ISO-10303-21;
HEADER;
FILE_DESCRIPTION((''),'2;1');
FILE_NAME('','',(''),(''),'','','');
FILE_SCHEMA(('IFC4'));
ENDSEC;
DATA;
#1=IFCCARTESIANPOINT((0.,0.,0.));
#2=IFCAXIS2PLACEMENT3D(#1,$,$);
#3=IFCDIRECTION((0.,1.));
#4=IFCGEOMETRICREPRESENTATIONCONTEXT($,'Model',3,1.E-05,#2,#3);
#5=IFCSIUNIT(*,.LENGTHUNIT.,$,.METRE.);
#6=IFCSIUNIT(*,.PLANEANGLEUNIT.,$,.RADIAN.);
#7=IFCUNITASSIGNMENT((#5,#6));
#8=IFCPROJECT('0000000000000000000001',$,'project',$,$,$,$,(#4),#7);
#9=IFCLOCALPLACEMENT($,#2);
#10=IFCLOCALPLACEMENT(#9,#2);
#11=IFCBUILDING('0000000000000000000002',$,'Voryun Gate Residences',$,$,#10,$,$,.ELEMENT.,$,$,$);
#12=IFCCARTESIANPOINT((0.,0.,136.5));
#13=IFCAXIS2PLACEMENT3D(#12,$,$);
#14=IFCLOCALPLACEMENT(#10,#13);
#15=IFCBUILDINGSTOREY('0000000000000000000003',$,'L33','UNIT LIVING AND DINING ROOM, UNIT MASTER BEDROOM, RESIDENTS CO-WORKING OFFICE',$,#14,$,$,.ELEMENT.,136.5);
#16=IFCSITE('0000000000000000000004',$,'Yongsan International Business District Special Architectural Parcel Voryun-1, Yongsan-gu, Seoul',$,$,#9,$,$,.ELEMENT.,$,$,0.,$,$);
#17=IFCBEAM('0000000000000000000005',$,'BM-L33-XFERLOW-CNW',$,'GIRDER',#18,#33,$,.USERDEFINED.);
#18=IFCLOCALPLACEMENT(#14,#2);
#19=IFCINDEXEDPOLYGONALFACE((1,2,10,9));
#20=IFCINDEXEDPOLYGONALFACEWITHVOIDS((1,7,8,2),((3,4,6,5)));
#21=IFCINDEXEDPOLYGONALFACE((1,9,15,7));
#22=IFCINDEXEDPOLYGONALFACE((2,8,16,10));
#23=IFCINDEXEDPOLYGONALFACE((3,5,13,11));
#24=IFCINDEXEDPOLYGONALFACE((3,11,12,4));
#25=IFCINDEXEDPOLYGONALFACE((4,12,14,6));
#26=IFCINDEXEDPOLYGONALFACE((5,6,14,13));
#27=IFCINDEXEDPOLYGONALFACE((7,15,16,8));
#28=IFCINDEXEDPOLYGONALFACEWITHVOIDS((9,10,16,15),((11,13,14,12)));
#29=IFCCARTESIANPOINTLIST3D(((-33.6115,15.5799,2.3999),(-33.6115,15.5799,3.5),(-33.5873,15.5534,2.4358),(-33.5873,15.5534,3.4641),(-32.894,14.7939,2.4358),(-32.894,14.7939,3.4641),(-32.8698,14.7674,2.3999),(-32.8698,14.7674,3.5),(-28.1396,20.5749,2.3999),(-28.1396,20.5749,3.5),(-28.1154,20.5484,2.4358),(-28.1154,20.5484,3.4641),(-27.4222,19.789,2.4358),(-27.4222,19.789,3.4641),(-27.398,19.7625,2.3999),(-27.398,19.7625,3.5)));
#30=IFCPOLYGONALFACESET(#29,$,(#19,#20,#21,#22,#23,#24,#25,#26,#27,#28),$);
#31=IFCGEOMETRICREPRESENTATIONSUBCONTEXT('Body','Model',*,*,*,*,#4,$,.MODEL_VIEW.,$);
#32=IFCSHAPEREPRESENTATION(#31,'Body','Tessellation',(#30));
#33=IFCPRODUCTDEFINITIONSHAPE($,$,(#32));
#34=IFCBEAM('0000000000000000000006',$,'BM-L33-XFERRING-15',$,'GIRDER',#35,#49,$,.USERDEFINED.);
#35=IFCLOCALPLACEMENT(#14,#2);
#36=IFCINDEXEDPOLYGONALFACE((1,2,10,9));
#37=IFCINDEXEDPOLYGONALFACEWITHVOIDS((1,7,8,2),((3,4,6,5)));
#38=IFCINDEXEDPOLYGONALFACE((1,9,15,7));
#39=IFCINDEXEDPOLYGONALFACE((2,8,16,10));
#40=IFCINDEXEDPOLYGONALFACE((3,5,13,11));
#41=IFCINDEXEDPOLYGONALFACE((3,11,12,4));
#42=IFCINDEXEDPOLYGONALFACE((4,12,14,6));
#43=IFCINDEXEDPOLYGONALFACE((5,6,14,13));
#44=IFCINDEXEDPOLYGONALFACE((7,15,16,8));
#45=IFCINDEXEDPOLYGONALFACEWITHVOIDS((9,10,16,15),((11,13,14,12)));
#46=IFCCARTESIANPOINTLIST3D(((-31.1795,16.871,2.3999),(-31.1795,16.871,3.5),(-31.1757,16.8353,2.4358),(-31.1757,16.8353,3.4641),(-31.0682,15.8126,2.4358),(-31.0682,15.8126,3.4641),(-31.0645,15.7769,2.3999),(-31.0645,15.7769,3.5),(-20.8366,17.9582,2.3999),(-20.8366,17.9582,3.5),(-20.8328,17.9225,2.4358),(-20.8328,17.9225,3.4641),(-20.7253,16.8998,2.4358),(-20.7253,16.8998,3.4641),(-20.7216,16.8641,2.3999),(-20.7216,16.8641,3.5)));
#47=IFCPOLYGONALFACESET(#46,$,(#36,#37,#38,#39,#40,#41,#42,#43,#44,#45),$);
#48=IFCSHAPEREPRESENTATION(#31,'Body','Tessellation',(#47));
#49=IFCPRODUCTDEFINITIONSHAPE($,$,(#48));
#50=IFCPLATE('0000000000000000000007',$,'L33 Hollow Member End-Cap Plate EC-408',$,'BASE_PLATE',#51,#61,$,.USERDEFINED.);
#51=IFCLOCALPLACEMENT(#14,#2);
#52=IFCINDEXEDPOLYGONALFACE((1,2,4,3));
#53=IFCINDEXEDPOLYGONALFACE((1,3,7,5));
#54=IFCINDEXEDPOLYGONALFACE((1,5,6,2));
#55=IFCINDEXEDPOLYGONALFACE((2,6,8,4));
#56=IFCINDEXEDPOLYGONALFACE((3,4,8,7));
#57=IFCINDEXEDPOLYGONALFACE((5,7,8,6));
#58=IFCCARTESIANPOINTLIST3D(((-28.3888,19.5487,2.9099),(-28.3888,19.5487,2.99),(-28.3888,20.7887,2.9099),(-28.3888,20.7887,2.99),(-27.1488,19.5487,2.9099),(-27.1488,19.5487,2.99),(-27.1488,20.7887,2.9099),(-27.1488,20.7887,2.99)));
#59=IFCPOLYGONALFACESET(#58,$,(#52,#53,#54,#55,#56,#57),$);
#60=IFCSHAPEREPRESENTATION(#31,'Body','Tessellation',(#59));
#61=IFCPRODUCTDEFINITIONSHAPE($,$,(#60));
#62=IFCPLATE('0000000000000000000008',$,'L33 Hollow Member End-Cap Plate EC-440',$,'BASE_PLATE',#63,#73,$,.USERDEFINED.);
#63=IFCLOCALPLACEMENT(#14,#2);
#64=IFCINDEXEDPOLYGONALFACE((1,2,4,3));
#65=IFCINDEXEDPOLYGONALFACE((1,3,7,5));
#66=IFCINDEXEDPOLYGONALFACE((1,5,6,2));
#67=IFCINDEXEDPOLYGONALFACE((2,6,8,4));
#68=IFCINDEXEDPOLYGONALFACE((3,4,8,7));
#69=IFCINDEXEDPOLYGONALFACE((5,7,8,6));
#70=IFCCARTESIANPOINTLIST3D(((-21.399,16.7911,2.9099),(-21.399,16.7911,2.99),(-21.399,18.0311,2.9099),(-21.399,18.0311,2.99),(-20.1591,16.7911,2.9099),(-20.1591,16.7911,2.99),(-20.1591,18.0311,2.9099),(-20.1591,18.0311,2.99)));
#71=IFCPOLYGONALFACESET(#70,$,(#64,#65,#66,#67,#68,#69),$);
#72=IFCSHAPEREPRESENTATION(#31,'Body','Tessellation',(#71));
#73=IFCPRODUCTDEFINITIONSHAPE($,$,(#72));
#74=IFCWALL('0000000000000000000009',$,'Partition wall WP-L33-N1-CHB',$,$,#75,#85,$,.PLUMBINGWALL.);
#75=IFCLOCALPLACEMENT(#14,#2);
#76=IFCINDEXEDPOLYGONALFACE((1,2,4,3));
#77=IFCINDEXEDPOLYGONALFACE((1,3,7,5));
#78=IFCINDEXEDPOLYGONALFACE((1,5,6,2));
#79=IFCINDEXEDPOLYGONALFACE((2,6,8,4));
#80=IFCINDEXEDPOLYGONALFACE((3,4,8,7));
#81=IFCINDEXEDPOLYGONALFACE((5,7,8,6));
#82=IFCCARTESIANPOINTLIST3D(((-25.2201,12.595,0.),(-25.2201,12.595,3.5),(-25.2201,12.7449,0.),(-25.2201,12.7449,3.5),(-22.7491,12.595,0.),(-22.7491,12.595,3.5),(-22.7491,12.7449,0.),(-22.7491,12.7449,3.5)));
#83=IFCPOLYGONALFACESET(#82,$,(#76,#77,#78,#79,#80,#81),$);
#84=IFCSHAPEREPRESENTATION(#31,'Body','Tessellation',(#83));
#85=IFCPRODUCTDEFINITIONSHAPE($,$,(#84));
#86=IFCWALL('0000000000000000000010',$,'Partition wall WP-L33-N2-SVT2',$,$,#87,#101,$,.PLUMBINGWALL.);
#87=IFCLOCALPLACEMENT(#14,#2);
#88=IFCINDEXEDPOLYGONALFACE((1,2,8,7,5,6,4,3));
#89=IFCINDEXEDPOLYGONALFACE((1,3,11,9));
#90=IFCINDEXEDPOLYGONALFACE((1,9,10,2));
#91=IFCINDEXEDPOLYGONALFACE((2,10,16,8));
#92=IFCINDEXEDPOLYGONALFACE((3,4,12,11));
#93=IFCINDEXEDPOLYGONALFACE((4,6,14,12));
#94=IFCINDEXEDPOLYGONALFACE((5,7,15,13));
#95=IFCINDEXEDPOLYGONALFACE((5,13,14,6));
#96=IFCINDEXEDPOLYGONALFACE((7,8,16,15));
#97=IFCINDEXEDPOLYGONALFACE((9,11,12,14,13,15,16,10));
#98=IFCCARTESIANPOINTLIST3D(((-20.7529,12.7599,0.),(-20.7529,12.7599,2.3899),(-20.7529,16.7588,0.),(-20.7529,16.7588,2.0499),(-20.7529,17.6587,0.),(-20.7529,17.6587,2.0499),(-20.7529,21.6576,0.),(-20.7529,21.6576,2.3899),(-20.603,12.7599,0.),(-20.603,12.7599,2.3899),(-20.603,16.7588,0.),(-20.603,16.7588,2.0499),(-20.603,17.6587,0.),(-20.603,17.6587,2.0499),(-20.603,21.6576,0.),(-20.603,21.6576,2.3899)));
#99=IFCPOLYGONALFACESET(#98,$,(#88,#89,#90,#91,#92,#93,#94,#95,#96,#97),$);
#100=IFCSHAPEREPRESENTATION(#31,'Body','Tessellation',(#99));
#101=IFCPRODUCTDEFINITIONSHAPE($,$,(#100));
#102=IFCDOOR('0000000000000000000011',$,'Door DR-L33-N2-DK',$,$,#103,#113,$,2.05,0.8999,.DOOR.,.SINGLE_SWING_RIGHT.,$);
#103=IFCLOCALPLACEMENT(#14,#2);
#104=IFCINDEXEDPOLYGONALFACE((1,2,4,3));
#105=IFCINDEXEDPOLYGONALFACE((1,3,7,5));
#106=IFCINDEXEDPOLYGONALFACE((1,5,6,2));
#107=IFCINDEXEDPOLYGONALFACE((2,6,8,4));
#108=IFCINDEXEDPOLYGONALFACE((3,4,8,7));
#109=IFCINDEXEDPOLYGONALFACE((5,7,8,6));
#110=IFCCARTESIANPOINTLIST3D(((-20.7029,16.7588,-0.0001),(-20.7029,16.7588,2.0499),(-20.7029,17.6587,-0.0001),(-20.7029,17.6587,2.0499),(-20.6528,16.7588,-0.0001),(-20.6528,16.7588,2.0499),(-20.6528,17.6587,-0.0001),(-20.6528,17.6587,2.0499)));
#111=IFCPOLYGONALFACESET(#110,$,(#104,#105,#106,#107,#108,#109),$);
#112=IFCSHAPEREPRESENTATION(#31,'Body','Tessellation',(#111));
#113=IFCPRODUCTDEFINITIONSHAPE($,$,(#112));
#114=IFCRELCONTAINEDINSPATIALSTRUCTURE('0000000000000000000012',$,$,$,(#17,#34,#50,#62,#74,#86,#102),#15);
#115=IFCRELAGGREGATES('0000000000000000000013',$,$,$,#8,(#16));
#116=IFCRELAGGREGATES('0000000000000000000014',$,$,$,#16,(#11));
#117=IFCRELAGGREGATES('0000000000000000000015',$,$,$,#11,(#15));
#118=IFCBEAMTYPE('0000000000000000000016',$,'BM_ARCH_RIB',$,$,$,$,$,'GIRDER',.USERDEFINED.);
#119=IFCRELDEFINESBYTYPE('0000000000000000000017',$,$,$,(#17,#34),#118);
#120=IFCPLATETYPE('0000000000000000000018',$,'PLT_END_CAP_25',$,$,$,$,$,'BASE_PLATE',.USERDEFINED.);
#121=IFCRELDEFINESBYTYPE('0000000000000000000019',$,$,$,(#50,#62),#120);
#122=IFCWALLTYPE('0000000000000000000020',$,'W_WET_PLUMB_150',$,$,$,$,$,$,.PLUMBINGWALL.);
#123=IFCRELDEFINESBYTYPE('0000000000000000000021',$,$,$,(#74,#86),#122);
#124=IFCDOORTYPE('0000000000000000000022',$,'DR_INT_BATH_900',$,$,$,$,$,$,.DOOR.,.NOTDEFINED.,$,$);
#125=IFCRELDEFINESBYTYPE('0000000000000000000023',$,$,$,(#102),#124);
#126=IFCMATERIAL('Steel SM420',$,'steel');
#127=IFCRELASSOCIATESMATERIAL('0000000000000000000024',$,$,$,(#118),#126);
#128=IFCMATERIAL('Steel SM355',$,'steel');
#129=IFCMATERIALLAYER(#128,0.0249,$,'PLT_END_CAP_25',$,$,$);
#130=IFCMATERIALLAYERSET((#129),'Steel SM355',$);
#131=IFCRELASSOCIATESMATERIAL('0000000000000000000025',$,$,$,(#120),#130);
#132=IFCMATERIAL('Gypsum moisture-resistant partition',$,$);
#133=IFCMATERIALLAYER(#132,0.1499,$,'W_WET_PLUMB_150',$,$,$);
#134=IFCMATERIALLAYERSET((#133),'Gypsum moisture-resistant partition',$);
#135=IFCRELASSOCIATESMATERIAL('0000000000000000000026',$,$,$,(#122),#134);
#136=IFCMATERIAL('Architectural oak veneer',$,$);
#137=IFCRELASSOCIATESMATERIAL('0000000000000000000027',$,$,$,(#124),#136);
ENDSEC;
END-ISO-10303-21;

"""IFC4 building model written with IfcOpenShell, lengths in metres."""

from ifc_helpers import new_model, si_unit, direction, frame, frame_2d, origin, origin_2d, place, context, subcontext, project, spatial, rectangle, hollow_rectangle, extrude, material, layer, layer_set, material_profile, profile_set, type_object, element, fill, save


model = new_model("IFC4")

# Units and contexts
model_context = context("Model", 3, precision=1e-05, world=origin(), true_north=direction((0.0, 1.0)))
body_context = subcontext(model_context, "Body", "Model", "MODEL_VIEW")
ifc_project = project(units=[si_unit("LENGTHUNIT", "METRE"), si_unit("PLANEANGLEUNIT", "RADIAN")], contexts=[model_context])

# Site, building, storey
site_placement = place(None, origin())
site = spatial("IfcSite", under=ifc_project, at=site_placement, Name="Yongsan International Business District Special Architectural Parcel Voryun-1, Yongsan-gu, Seoul", CompositionType="ELEMENT", RefElevation=0.0)
building_placement = place(site_placement, origin())
building = spatial("IfcBuilding", under=site, at=building_placement, Name="Voryun Gate Residences", CompositionType="ELEMENT")
storey_placement = place(building_placement, frame((0.0, 0.0, 136.5)))
storey = spatial("IfcBuildingStorey", under=building, at=storey_placement, Name="L33", Description="UNIT LIVING AND DINING ROOM, UNIT MASTER BEDROOM, RESIDENTS CO-WORKING OFFICE", CompositionType="ELEMENT", Elevation=136.5)

# Beams
ifc_material_1 = material(Name="Steel SM420", Category="steel")
ifc_material_profile = material_profile(ifc_material_1, hollow_rectangle(XDim=1.1001, YDim=1.1001, WallThickness=0.0359, at=origin_2d()), Name="BOX-1100x1100x36")
ifc_profile_set = profile_set([ifc_material_profile], Name="Steel SM420")
beam_type = type_object("IfcBeamType", Name="BM_ARCH_RIB", ElementType="GIRDER", PredefinedType="USERDEFINED", material=ifc_profile_set)
beam_1_placement = place(storey_placement, frame((-27.7688, 20.1687, 2.95), z_axis=(-0.738552, -0.674197, 0.0), x_axis=(0.674197, -0.738552, 0.0)))
element("IfcBeam", 1, at=beam_1_placement, inside=storey, type_object=beam_type, Name="BM-L33-XFERLOW-CNW", ObjectType="GIRDER", PredefinedType="USERDEFINED", context=body_context, shape_type="SweptSolid", body=[
    extrude(hollow_rectangle(XDim=1.1001, YDim=1.1001, WallThickness=0.0359, at=origin_2d()), origin(), (0.0, 0.0, 1.0), 7.4089),
])
beam_2_placement = place(storey_placement, frame((-20.7791, 17.4111, 2.95), z_axis=(-0.994521, -0.104534, 0.0), x_axis=(0.104534, -0.994521, 0.0)))
element("IfcBeam", 2, at=beam_2_placement, inside=storey, type_object=beam_type, Name="BM-L33-XFERRING-15", ObjectType="GIRDER", PredefinedType="USERDEFINED", context=body_context, shape_type="SweptSolid", body=[
    extrude(hollow_rectangle(XDim=1.1001, YDim=1.1001, WallThickness=0.0359, at=origin_2d()), origin(), (0.0, 0.0, 1.0), 10.3999),
])

# Plates
ifc_material_2 = material(Name="Steel SM355", Category="steel")
ifc_layer_1 = layer(ifc_material_2, 0.0249, Name="PLT_END_CAP_25")
ifc_layer_set_1 = layer_set([ifc_layer_1], Name="Steel SM355")
plate_type = type_object("IfcPlateType", Name="PLT_END_CAP_25", ElementType="BASE_PLATE", PredefinedType="USERDEFINED", material=ifc_layer_set_1)
for number, where, z_axis, x_axis, name in (
    (3, (-27.7688, 20.1687, 2.9099), (0.0, 0.0, 1.0), (1.0, 0.0, 0.0), "L33 Hollow Member End-Cap Plate EC-408"),
    (4, (-20.7791, 17.4111, 2.9099), (0.0, 0.0, 1.0), (1.0, 0.0, 0.0), "L33 Hollow Member End-Cap Plate EC-440"),
):
    element("IfcPlate", number, at=place(storey_placement, frame(where, z_axis=z_axis, x_axis=x_axis)), inside=storey, type_object=plate_type, Name=name, ObjectType="BASE_PLATE", PredefinedType="USERDEFINED", context=body_context, shape_type="SweptSolid", body=[
        extrude(rectangle(XDim=1.24, YDim=1.24, at=origin_2d()), origin(), (0.0, 0.0, 1.0), 0.0801),
    ])

# Wall
ifc_material_3 = material(Name="Gypsum moisture-resistant partition")
ifc_layer_2 = layer(ifc_material_3, 0.1499, Name="W_WET_PLUMB_150")
ifc_layer_set_2 = layer_set([ifc_layer_2], Name="Gypsum moisture-resistant partition")
wall_type = type_object("IfcWallType", Name="W_WET_PLUMB_150", PredefinedType="PLUMBINGWALL", material=ifc_layer_set_2)
wall_1_placement = place(storey_placement, frame((-25.22, 12.6699, 0.0), z_axis=(0.0, 0.0, 1.0), x_axis=(1.0, 0.0, 0.0)))
element("IfcWall", 5, at=wall_1_placement, inside=storey, type_object=wall_type, Name="Partition wall WP-L33-N1-CHB", PredefinedType="PLUMBINGWALL", context=body_context, shape_type="SweptSolid", body=[
    extrude(rectangle(XDim=2.4709, YDim=0.1499, at=frame_2d((1.2354, 0.0))), origin(), (0.0, 0.0, 1.0), 3.5),
])

# Wall, opening, door
wall_2_placement = place(storey_placement, frame((-20.678, 12.76, 0.0), z_axis=(0.0, 0.0, 1.0), x_axis=(0.0, 1.0, 0.0)))
wall_2 = element("IfcWall", 6, at=wall_2_placement, inside=storey, type_object=wall_type, Name="Partition wall WP-L33-N2-SVT2", PredefinedType="PLUMBINGWALL", context=body_context, shape_type="SweptSolid", body=[
    extrude(rectangle(XDim=8.8977, YDim=0.1499, at=frame_2d((4.4487, 0.0))), origin(), (0.0, 0.0, 1.0), 2.3899),
])
opening_placement = place(wall_2_placement, frame((3.9988, 0.0, 0.0)))
opening = element("IfcOpeningElement", 7, at=opening_placement, cuts=wall_2, PredefinedType="OPENING", context=body_context, shape_type="SweptSolid", body=[
    extrude(rectangle(XDim=0.8999, YDim=2.05, at=frame_2d((0.45, 1.0249))), frame((0.0, 0.085, 0.0), z_axis=(0.0, -1.0, 0.0), x_axis=(1.0, 0.0, 0.0)), (0.0, 0.0, 1.0), 0.1699),
])
ifc_material_4 = material(Name="Architectural oak veneer")
door_type = type_object("IfcDoorType", Name="DR_INT_BATH_900", OperationType="NOTDEFINED", PredefinedType="DOOR", material=ifc_material_4)
door_placement = place(opening_placement, origin())
door = element("IfcDoor", 8, at=door_placement, inside=storey, type_object=door_type, Name="Door DR-L33-N2-DK", OperationType="SINGLE_SWING_RIGHT", OverallHeight=2.05, OverallWidth=0.8999, PredefinedType="DOOR", context=body_context, shape_type="SweptSolid", body=[
    extrude(rectangle(XDim=0.8999, YDim=2.05, at=frame_2d((0.45, 1.0249))), frame((0.0, 0.0249, 0.0), z_axis=(0.0, -1.0, 0.0), x_axis=(1.0, 0.0, 0.0)), (0.0, 0.0, 1.0), 0.05),
])
fill(opening, door)

save(model, "model.ifc")
